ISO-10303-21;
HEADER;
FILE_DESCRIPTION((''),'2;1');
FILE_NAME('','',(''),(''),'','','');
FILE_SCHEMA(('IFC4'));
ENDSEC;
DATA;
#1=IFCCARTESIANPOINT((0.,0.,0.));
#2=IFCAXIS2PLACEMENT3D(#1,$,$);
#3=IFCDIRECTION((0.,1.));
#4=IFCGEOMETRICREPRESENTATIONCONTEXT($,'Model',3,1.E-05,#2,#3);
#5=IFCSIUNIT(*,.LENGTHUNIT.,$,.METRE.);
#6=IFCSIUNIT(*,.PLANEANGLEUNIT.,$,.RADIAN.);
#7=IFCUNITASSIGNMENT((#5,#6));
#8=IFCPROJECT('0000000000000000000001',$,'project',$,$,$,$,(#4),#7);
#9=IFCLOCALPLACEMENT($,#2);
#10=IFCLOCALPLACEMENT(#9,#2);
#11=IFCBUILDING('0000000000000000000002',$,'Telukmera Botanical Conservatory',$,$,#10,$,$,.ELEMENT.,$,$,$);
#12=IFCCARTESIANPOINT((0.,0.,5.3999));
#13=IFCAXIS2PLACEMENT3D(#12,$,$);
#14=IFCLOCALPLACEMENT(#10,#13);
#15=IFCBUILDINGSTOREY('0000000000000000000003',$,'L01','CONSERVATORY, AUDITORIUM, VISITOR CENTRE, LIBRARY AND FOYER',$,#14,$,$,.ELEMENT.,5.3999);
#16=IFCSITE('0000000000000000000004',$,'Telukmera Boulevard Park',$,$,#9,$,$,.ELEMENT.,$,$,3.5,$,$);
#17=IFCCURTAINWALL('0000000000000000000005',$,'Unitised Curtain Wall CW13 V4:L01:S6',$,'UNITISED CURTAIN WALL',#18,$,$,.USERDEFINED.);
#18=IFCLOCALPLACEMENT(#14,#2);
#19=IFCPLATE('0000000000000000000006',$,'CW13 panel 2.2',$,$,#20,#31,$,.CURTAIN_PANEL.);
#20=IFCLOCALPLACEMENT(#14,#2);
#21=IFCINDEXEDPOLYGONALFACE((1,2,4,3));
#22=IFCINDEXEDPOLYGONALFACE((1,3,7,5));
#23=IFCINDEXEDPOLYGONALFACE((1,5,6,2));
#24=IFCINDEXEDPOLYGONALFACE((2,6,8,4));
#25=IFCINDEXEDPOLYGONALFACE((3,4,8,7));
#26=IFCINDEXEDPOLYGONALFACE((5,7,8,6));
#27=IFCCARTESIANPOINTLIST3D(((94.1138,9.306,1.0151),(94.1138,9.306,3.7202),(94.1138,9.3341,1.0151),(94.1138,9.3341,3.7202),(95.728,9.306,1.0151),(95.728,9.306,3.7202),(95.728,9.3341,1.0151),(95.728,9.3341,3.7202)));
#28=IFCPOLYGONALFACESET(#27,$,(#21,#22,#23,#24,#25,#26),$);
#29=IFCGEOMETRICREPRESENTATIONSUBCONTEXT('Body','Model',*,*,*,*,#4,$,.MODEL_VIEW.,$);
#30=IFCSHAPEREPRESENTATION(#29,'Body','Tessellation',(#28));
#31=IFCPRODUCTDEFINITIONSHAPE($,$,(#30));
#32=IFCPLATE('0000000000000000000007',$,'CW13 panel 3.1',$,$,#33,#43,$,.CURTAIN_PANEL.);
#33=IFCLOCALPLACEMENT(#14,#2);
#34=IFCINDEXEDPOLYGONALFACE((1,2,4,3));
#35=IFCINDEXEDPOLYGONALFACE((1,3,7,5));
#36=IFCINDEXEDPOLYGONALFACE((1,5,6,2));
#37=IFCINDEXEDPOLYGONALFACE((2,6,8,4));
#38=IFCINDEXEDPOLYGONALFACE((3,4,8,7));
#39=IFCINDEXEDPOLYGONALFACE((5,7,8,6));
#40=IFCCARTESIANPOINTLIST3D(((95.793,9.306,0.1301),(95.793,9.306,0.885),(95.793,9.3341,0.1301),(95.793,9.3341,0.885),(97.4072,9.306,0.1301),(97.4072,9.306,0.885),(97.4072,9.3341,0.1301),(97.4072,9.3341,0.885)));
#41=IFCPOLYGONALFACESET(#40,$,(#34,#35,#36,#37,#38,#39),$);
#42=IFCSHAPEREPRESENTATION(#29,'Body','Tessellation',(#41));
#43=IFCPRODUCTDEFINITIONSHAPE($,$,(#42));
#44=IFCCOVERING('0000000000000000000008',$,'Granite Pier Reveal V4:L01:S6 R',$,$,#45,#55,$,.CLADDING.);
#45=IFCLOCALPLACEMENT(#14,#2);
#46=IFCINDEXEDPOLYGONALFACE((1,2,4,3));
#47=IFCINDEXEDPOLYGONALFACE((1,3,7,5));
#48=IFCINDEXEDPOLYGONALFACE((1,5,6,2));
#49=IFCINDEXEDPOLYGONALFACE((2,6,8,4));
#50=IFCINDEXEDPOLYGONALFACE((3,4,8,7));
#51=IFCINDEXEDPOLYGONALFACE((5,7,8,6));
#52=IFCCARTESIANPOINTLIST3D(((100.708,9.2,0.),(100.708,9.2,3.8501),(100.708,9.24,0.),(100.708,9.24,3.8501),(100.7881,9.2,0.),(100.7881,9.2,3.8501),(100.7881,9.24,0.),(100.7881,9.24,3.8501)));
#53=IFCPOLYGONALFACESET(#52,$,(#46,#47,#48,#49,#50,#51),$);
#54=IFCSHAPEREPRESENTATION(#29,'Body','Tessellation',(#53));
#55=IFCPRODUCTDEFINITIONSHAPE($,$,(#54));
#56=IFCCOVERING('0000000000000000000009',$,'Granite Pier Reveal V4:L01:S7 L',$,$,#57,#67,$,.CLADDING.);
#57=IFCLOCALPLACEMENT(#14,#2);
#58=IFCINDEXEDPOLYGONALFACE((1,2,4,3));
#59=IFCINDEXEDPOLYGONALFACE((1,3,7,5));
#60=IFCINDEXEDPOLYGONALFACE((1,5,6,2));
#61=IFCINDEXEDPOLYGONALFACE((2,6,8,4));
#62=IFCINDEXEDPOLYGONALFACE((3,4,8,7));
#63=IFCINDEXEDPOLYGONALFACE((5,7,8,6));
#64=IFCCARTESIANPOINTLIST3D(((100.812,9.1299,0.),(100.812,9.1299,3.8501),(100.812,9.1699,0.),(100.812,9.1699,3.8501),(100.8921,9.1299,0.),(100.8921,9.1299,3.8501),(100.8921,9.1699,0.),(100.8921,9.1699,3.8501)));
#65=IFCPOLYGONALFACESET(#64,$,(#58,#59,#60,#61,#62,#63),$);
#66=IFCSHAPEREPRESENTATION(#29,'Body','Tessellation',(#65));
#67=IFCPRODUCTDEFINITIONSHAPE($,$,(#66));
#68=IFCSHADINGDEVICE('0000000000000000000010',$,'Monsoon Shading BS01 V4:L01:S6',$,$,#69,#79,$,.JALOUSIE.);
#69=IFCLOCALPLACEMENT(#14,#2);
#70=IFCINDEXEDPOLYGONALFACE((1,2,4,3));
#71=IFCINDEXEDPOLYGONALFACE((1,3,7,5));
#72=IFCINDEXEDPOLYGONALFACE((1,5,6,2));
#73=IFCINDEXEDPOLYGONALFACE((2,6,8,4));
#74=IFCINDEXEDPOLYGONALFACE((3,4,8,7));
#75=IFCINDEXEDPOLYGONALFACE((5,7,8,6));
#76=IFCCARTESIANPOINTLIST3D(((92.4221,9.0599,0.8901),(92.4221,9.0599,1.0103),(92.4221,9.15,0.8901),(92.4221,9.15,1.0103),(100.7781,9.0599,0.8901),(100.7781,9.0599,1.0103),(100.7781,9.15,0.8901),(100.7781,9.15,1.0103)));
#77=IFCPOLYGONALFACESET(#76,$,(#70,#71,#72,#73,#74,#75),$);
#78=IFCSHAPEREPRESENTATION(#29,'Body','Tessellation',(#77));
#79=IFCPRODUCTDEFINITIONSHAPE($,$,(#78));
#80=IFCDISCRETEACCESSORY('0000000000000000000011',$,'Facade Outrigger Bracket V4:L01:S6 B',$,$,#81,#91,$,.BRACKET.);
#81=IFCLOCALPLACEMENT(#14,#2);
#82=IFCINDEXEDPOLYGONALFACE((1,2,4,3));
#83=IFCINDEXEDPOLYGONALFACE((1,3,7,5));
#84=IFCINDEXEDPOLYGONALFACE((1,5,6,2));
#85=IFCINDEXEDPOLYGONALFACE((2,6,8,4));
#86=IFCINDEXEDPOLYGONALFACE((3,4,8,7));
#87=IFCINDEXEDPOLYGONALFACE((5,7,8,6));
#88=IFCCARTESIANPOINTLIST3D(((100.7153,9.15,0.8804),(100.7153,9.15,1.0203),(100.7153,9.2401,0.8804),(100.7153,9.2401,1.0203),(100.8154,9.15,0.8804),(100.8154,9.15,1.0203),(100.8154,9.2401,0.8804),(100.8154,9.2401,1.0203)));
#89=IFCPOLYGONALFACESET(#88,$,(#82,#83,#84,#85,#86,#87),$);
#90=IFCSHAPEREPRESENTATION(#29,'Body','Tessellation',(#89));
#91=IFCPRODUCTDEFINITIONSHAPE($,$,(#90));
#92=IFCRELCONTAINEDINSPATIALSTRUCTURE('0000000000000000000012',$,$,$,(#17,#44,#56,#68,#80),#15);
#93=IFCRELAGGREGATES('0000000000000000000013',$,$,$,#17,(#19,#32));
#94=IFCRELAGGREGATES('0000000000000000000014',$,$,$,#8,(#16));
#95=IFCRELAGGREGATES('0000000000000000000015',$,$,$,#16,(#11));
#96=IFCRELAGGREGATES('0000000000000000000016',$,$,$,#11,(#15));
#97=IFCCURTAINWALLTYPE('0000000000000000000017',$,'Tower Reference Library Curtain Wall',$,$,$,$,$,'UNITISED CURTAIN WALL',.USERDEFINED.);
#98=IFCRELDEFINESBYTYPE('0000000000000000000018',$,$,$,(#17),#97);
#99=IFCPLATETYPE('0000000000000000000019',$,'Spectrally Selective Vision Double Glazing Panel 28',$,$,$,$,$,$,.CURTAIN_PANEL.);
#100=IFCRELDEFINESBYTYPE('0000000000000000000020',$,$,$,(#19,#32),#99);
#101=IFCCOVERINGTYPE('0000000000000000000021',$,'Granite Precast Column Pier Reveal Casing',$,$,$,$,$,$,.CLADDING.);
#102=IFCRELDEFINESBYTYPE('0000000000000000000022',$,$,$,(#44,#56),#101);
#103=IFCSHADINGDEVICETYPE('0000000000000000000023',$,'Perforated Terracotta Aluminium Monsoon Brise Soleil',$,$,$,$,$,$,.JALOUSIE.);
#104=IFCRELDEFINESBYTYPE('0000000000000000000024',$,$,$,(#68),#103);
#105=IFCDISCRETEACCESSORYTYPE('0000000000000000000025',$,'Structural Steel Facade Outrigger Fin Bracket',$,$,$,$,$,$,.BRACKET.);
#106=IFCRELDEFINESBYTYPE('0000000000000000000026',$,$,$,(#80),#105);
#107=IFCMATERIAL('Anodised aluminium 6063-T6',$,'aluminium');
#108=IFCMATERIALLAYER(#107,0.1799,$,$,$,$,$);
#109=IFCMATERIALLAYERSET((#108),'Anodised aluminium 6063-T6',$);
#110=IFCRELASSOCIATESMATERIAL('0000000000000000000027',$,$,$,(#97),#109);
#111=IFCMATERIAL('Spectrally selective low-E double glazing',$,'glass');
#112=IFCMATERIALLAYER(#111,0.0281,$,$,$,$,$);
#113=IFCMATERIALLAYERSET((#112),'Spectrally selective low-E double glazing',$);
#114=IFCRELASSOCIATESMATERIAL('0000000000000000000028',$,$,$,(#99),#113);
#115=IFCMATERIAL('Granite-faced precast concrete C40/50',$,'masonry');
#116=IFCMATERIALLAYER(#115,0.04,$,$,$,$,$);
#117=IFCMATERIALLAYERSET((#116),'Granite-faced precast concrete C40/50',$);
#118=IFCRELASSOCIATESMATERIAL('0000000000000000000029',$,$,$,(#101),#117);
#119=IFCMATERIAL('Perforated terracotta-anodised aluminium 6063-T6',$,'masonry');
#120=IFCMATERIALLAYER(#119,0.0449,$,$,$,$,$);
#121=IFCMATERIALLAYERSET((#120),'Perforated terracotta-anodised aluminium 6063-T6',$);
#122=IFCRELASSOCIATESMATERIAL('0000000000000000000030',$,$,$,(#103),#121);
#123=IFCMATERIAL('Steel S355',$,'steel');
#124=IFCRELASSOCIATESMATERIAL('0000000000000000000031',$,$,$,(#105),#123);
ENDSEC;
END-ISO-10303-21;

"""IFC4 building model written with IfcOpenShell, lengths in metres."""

from ifc_helpers import new_model, si_unit, direction, frame, origin, origin_2d, place, context, subcontext, project, spatial, rectangle, extrude, material, layer, layer_set, type_object, element, aggregate, save


model = new_model("IFC4")

# Units and contexts
model_context = context("Model", 3, precision=1e-05, world=origin(), true_north=direction((0.0, 1.0)))
body_context = subcontext(model_context, "Body", "Model", "MODEL_VIEW")
ifc_project = project(units=[si_unit("LENGTHUNIT", "METRE"), si_unit("PLANEANGLEUNIT", "RADIAN")], contexts=[model_context])

# Site, building, storey
site_placement = place(None, origin())
site = spatial("IfcSite", under=ifc_project, at=site_placement, Name="Telukmera Boulevard Park", CompositionType="ELEMENT", RefElevation=3.5)
building_placement = place(site_placement, origin())
building = spatial("IfcBuilding", under=site, at=building_placement, Name="Telukmera Botanical Conservatory", CompositionType="ELEMENT")
storey_placement = place(building_placement, frame((0.0, 0.0, 5.3999)))
storey = spatial("IfcBuildingStorey", under=building, at=storey_placement, Name="L01", Description="CONSERVATORY, AUDITORIUM, VISITOR CENTRE, LIBRARY AND FOYER", CompositionType="ELEMENT", Elevation=5.3999)

# Curtain wall, plates
ifc_material_1 = material(Name="Anodised aluminium 6063-T6", Category="aluminium")
ifc_layer_1 = layer(ifc_material_1, 0.1799)
ifc_layer_set_1 = layer_set([ifc_layer_1], Name="Anodised aluminium 6063-T6")
curtain_wall_type = type_object("IfcCurtainWallType", Name="Tower Reference Library Curtain Wall", ElementType="UNITISED CURTAIN WALL", PredefinedType="USERDEFINED", material=ifc_layer_set_1)
curtain_wall_placement = place(storey_placement, origin())
curtain_wall = element("IfcCurtainWall", 1, at=curtain_wall_placement, inside=storey, type_object=curtain_wall_type, Name="Unitised Curtain Wall CW13 V4:L01:S6", ObjectType="UNITISED CURTAIN WALL", PredefinedType="USERDEFINED")
ifc_material_2 = material(Name="Spectrally selective low-E double glazing", Category="glass")
ifc_layer_2 = layer(ifc_material_2, 0.0281)
ifc_layer_set_2 = layer_set([ifc_layer_2], Name="Spectrally selective low-E double glazing")
plate_type = type_object("IfcPlateType", Name="Spectrally Selective Vision Double Glazing Panel 28", PredefinedType="CURTAIN_PANEL", material=ifc_layer_set_2)
plate_1_placement = place(storey_placement, frame((94.9209, 9.3201, 1.0151), z_axis=(0.0, 0.0, 1.0), x_axis=(1.0, 0.0, 0.0)))
plate_1 = element("IfcPlate", 2, at=plate_1_placement, type_object=plate_type, Name="CW13 panel 2.2", PredefinedType="CURTAIN_PANEL", context=body_context, shape_type="SweptSolid", body=[
    extrude(rectangle(XDim=1.6143, YDim=0.0281, at=origin_2d()), origin(), (0.0, 0.0, 1.0), 2.7051),
])
plate_2_placement = place(storey_placement, frame((96.6001, 9.3201, 0.1301), z_axis=(0.0, 0.0, 1.0), x_axis=(1.0, 0.0, 0.0)))
plate_2 = element("IfcPlate", 3, at=plate_2_placement, type_object=plate_type, Name="CW13 panel 3.1", PredefinedType="CURTAIN_PANEL", context=body_context, shape_type="SweptSolid", body=[
    extrude(rectangle(XDim=1.6143, YDim=0.0281, at=origin_2d()), origin(), (0.0, 0.0, 1.0), 0.7549),
])
aggregate(curtain_wall, [plate_1, plate_2])

# Coverings
ifc_material_3 = material(Name="Granite-faced precast concrete C40/50", Category="masonry")
ifc_layer_3 = layer(ifc_material_3, 0.04)
ifc_layer_set_3 = layer_set([ifc_layer_3], Name="Granite-faced precast concrete C40/50")
covering_type = type_object("IfcCoveringType", Name="Granite Precast Column Pier Reveal Casing", PredefinedType="CLADDING", material=ifc_layer_set_3)
for number, where, z_axis, x_axis, name in (
    (4, (100.748, 9.22, 0.0), (0.0, 0.0, 1.0), (1.0, 0.0, 0.0), "Granite Pier Reveal V4:L01:S6 R"),
    (5, (100.8521, 9.1499, 0.0), (0.0, 0.0, 1.0), (1.0, 0.0, 0.0), "Granite Pier Reveal V4:L01:S7 L"),
):
    element("IfcCovering", number, at=place(storey_placement, frame(where, z_axis=z_axis, x_axis=x_axis)), inside=storey, type_object=covering_type, Name=name, PredefinedType="CLADDING", context=body_context, shape_type="SweptSolid", body=[
        extrude(rectangle(XDim=0.0801, YDim=0.04, at=origin_2d()), origin(), (0.0, 0.0, 1.0), 3.8501),
    ])

# Shading device
ifc_material_4 = material(Name="Perforated terracotta-anodised aluminium 6063-T6", Category="masonry")
ifc_layer_4 = layer(ifc_material_4, 0.0449)
ifc_layer_set_4 = layer_set([ifc_layer_4], Name="Perforated terracotta-anodised aluminium 6063-T6")
shading_device_type = type_object("IfcShadingDeviceType", Name="Perforated Terracotta Aluminium Monsoon Brise Soleil", PredefinedType="JALOUSIE", material=ifc_layer_set_4)
shading_device_placement = place(storey_placement, frame((96.6001, 9.105, 0.8901), z_axis=(0.0, 0.0, 1.0), x_axis=(1.0, 0.0, 0.0)))
element("IfcShadingDevice", 6, at=shading_device_placement, inside=storey, type_object=shading_device_type, Name="Monsoon Shading BS01 V4:L01:S6", PredefinedType="JALOUSIE", context=body_context, shape_type="SweptSolid", body=[
    extrude(rectangle(XDim=8.356, YDim=0.0901, at=origin_2d()), origin(), (0.0, 0.0, 1.0), 0.1201),
])

# Discrete accessory
ifc_material_5 = material(Name="Steel S355", Category="steel")
discrete_accessory_type = type_object("IfcDiscreteAccessoryType", Name="Structural Steel Facade Outrigger Fin Bracket", PredefinedType="BRACKET", material=ifc_material_5)
discrete_accessory_placement = place(storey_placement, frame((100.7654, 9.1951, 0.8804), z_axis=(0.0, 0.0, 1.0), x_axis=(1.0, 0.0, 0.0)))
element("IfcDiscreteAccessory", 7, at=discrete_accessory_placement, inside=storey, type_object=discrete_accessory_type, Name="Facade Outrigger Bracket V4:L01:S6 B", PredefinedType="BRACKET", context=body_context, shape_type="SweptSolid", body=[
    extrude(rectangle(XDim=0.1001, YDim=0.0901, at=origin_2d()), origin(), (0.0, 0.0, 1.0), 0.1399),
])

save(model, "model.ifc")
